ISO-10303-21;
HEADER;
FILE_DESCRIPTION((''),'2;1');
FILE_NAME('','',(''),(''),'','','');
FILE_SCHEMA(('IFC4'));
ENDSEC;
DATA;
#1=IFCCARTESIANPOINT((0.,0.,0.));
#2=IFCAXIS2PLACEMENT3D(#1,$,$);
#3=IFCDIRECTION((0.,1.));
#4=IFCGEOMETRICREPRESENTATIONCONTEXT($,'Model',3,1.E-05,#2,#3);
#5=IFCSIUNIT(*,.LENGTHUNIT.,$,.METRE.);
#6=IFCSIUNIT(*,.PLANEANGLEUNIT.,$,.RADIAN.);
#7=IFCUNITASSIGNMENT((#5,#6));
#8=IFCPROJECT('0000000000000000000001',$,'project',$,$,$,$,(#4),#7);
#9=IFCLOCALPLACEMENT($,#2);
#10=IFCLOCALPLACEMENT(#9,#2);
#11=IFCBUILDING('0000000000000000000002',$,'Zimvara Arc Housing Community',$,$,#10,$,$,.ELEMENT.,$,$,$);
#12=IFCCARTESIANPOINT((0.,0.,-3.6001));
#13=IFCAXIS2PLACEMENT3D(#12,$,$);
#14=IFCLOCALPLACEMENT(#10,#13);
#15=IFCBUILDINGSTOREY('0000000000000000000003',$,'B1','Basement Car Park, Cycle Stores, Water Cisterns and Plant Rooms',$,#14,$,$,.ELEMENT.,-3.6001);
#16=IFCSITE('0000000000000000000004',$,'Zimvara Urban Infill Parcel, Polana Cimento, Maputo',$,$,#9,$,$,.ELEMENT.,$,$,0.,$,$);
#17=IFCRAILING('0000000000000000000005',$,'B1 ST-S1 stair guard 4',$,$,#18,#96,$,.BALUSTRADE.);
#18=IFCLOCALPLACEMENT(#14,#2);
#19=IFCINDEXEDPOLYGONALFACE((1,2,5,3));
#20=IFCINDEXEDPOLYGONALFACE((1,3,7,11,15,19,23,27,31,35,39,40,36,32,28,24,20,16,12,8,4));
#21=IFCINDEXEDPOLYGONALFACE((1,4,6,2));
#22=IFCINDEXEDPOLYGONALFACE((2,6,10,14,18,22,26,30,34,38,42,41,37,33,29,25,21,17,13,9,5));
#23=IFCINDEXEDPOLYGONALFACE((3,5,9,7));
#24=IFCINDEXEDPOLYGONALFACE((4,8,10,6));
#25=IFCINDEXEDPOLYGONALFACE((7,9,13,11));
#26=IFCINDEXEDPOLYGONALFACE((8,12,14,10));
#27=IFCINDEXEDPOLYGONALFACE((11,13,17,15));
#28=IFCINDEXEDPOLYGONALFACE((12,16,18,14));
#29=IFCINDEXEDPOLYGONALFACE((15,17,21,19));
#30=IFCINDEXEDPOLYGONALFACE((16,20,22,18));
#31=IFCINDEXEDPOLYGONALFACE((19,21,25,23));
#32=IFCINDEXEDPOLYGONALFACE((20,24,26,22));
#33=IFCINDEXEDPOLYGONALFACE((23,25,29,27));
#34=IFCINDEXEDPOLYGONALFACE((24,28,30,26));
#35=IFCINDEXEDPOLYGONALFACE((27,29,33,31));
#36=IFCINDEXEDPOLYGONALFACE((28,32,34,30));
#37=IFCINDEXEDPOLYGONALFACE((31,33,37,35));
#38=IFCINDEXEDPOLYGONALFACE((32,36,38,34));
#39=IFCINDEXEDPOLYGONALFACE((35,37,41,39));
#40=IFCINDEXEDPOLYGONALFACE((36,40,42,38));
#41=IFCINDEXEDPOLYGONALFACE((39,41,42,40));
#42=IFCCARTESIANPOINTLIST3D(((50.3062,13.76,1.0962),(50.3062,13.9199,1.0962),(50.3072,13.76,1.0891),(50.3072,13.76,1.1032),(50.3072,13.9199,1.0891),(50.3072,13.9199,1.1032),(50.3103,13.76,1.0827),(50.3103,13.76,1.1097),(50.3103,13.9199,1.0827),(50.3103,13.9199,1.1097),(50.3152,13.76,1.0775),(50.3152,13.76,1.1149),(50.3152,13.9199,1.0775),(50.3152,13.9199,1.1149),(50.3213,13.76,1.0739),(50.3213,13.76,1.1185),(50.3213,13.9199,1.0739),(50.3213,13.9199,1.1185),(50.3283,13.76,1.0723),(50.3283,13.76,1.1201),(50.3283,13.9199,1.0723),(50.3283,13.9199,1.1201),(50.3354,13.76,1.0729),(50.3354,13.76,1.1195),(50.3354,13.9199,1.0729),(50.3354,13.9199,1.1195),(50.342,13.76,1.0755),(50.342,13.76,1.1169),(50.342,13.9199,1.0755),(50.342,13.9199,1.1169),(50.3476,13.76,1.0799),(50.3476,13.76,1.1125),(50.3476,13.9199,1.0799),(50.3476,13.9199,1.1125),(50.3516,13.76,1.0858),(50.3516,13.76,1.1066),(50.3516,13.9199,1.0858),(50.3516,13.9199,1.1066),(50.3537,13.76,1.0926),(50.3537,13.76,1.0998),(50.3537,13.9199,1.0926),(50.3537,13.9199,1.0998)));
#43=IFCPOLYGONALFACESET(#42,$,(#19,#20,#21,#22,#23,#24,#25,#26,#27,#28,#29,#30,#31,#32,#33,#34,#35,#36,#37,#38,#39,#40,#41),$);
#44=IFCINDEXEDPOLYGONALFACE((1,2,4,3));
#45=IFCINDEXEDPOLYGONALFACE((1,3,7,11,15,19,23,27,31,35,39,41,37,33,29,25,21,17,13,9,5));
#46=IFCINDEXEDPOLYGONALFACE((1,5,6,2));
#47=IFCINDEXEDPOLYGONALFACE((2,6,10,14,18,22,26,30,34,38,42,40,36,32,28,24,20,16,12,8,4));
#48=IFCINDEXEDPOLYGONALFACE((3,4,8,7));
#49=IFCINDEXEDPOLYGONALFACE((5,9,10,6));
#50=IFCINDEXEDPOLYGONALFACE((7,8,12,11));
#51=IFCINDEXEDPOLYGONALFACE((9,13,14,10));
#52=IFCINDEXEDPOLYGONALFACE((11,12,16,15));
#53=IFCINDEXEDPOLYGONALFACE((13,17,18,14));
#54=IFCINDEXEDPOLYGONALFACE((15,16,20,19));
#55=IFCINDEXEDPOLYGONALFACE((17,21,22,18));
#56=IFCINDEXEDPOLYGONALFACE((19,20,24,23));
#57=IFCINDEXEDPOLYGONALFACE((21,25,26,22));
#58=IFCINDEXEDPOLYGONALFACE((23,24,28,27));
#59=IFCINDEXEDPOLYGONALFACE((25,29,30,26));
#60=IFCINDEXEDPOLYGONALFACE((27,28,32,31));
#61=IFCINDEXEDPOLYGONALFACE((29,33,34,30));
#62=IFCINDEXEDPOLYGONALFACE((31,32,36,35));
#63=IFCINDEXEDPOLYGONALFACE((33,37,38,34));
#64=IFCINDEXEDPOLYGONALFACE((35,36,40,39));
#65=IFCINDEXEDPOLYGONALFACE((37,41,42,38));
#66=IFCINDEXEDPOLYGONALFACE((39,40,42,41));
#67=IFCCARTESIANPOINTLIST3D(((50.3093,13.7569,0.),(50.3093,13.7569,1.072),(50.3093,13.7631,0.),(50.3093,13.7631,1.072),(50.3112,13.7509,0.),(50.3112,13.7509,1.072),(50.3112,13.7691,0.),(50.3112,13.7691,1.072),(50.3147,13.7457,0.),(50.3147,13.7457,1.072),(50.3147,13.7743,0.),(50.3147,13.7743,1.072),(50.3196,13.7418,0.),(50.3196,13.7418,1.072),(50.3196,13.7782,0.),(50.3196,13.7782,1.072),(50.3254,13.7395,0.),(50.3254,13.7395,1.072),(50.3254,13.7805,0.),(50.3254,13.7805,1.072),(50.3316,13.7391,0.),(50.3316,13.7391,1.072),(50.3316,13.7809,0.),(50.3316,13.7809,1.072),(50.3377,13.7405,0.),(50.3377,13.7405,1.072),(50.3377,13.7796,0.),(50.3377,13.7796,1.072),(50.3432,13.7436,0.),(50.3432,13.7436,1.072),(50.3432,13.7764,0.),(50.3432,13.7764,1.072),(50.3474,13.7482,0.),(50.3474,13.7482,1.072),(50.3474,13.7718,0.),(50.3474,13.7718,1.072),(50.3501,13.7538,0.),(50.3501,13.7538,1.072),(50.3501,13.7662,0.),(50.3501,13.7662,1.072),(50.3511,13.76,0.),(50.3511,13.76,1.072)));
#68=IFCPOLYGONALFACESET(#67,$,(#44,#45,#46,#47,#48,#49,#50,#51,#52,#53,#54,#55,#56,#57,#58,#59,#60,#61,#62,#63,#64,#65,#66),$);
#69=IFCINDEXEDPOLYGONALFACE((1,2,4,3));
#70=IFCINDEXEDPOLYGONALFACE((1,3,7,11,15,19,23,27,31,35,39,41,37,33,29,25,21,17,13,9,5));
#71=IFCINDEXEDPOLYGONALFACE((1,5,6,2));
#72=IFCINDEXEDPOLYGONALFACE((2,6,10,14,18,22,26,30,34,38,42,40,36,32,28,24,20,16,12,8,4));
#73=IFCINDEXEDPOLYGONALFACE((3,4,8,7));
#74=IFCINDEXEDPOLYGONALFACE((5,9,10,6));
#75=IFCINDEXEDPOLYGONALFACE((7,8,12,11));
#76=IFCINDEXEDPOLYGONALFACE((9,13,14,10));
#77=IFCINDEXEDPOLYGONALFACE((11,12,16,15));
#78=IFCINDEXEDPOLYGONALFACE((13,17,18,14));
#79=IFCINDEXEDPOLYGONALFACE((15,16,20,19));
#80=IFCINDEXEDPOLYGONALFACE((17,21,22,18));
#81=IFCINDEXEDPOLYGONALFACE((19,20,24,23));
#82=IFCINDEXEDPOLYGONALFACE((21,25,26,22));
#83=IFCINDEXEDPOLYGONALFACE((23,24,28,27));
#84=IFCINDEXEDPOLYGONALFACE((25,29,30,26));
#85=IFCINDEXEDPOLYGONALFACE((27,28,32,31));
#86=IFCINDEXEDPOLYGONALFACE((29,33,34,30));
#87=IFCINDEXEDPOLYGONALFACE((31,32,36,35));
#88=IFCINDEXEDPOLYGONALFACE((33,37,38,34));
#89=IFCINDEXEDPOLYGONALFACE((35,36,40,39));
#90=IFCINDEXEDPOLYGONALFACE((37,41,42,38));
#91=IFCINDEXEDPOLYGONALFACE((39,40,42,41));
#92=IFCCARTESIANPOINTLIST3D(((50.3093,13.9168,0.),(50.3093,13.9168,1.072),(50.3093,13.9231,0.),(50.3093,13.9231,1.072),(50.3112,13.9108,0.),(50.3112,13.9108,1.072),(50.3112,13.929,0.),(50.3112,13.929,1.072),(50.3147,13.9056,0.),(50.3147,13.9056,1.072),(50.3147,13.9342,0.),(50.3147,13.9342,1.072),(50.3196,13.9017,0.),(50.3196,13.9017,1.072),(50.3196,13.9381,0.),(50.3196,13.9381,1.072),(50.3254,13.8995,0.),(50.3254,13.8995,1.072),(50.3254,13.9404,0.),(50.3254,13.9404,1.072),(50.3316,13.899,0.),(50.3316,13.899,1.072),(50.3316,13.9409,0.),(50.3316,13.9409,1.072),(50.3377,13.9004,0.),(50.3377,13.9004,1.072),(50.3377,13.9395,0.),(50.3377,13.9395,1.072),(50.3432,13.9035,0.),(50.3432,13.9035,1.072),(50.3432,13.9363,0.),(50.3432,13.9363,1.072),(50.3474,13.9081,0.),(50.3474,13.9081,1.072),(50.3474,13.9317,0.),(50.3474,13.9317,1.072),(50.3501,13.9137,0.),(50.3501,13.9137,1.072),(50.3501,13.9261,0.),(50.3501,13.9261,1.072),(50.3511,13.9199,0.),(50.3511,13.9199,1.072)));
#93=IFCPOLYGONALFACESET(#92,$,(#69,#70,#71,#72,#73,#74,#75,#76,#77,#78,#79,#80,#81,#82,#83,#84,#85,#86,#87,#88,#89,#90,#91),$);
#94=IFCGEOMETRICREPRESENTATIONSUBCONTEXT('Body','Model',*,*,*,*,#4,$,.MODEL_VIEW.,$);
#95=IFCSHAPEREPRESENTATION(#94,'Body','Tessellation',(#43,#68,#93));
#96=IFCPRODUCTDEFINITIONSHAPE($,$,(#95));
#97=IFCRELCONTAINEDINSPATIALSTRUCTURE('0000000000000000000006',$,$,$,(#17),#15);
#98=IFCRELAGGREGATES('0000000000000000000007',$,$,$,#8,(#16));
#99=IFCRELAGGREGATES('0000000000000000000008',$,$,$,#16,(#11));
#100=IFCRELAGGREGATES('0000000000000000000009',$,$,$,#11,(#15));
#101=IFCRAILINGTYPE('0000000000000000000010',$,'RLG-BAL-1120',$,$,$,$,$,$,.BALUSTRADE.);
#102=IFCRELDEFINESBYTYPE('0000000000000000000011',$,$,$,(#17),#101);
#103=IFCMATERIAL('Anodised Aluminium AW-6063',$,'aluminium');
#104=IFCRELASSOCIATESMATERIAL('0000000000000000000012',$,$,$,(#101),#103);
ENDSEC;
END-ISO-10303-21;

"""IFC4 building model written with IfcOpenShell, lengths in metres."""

from ifc_helpers import new_model, si_unit, direction, frame, origin, origin_2d, place, context, subcontext, project, spatial, circle, extrude, material, type_object, element, save


model = new_model("IFC4")

# Units and contexts
model_context = context("Model", 3, precision=1e-05, world=origin(), true_north=direction((0.0, 1.0)))
body_context = subcontext(model_context, "Body", "Model", "MODEL_VIEW")
ifc_project = project(units=[si_unit("LENGTHUNIT", "METRE"), si_unit("PLANEANGLEUNIT", "RADIAN")], contexts=[model_context])

# Site, building, storey
site_placement = place(None, origin())
site = spatial("IfcSite", under=ifc_project, at=site_placement, Name="Zimvara Urban Infill Parcel, Polana Cimento, Maputo", CompositionType="ELEMENT", RefElevation=0.0)
building_placement = place(site_placement, origin())
building = spatial("IfcBuilding", under=site, at=building_placement, Name="Zimvara Arc Housing Community", CompositionType="ELEMENT")
storey_placement = place(building_placement, frame((0.0, 0.0, -3.6001)))
storey = spatial("IfcBuildingStorey", under=building, at=storey_placement, Name="B1", Description="Basement Car Park, Cycle Stores, Water Cisterns and Plant Rooms", CompositionType="ELEMENT", Elevation=-3.6001)

# Railing
ifc_material_1 = material(Name="Anodised Aluminium AW-6063", Category="aluminium")
railing_type_1 = type_object("IfcRailingType", Name="RLG-BAL-1120", PredefinedType="BALUSTRADE", material=ifc_material_1)
railing_1_placement = place(storey_placement, frame((50.3301, 13.76, 0.0)))
element("IfcRailing", 1, at=railing_1_placement, inside=storey, type_object=railing_type_1, Name="B1 ST-S1 stair guard 4", PredefinedType="BALUSTRADE", context=body_context, shape_type="SweptSolid", body=[
    extrude(circle(Radius=0.0239, at=origin_2d()), frame((0.0, 0.0, 1.0962), z_axis=(0.0, 1.0, 0.0), x_axis=(-1.0, 0.0, 0.0)), (0.0, 0.0, 1.0), 0.1599),
    extrude(circle(Radius=0.021, at=origin_2d()), origin(), (0.0, 0.0, 1.0), 1.072),
    extrude(circle(Radius=0.021, at=origin_2d()), frame((0.0, 0.1599, 0.0)), (0.0, 0.0, 1.0), 1.072),
])

save(model, "model.ifc")
